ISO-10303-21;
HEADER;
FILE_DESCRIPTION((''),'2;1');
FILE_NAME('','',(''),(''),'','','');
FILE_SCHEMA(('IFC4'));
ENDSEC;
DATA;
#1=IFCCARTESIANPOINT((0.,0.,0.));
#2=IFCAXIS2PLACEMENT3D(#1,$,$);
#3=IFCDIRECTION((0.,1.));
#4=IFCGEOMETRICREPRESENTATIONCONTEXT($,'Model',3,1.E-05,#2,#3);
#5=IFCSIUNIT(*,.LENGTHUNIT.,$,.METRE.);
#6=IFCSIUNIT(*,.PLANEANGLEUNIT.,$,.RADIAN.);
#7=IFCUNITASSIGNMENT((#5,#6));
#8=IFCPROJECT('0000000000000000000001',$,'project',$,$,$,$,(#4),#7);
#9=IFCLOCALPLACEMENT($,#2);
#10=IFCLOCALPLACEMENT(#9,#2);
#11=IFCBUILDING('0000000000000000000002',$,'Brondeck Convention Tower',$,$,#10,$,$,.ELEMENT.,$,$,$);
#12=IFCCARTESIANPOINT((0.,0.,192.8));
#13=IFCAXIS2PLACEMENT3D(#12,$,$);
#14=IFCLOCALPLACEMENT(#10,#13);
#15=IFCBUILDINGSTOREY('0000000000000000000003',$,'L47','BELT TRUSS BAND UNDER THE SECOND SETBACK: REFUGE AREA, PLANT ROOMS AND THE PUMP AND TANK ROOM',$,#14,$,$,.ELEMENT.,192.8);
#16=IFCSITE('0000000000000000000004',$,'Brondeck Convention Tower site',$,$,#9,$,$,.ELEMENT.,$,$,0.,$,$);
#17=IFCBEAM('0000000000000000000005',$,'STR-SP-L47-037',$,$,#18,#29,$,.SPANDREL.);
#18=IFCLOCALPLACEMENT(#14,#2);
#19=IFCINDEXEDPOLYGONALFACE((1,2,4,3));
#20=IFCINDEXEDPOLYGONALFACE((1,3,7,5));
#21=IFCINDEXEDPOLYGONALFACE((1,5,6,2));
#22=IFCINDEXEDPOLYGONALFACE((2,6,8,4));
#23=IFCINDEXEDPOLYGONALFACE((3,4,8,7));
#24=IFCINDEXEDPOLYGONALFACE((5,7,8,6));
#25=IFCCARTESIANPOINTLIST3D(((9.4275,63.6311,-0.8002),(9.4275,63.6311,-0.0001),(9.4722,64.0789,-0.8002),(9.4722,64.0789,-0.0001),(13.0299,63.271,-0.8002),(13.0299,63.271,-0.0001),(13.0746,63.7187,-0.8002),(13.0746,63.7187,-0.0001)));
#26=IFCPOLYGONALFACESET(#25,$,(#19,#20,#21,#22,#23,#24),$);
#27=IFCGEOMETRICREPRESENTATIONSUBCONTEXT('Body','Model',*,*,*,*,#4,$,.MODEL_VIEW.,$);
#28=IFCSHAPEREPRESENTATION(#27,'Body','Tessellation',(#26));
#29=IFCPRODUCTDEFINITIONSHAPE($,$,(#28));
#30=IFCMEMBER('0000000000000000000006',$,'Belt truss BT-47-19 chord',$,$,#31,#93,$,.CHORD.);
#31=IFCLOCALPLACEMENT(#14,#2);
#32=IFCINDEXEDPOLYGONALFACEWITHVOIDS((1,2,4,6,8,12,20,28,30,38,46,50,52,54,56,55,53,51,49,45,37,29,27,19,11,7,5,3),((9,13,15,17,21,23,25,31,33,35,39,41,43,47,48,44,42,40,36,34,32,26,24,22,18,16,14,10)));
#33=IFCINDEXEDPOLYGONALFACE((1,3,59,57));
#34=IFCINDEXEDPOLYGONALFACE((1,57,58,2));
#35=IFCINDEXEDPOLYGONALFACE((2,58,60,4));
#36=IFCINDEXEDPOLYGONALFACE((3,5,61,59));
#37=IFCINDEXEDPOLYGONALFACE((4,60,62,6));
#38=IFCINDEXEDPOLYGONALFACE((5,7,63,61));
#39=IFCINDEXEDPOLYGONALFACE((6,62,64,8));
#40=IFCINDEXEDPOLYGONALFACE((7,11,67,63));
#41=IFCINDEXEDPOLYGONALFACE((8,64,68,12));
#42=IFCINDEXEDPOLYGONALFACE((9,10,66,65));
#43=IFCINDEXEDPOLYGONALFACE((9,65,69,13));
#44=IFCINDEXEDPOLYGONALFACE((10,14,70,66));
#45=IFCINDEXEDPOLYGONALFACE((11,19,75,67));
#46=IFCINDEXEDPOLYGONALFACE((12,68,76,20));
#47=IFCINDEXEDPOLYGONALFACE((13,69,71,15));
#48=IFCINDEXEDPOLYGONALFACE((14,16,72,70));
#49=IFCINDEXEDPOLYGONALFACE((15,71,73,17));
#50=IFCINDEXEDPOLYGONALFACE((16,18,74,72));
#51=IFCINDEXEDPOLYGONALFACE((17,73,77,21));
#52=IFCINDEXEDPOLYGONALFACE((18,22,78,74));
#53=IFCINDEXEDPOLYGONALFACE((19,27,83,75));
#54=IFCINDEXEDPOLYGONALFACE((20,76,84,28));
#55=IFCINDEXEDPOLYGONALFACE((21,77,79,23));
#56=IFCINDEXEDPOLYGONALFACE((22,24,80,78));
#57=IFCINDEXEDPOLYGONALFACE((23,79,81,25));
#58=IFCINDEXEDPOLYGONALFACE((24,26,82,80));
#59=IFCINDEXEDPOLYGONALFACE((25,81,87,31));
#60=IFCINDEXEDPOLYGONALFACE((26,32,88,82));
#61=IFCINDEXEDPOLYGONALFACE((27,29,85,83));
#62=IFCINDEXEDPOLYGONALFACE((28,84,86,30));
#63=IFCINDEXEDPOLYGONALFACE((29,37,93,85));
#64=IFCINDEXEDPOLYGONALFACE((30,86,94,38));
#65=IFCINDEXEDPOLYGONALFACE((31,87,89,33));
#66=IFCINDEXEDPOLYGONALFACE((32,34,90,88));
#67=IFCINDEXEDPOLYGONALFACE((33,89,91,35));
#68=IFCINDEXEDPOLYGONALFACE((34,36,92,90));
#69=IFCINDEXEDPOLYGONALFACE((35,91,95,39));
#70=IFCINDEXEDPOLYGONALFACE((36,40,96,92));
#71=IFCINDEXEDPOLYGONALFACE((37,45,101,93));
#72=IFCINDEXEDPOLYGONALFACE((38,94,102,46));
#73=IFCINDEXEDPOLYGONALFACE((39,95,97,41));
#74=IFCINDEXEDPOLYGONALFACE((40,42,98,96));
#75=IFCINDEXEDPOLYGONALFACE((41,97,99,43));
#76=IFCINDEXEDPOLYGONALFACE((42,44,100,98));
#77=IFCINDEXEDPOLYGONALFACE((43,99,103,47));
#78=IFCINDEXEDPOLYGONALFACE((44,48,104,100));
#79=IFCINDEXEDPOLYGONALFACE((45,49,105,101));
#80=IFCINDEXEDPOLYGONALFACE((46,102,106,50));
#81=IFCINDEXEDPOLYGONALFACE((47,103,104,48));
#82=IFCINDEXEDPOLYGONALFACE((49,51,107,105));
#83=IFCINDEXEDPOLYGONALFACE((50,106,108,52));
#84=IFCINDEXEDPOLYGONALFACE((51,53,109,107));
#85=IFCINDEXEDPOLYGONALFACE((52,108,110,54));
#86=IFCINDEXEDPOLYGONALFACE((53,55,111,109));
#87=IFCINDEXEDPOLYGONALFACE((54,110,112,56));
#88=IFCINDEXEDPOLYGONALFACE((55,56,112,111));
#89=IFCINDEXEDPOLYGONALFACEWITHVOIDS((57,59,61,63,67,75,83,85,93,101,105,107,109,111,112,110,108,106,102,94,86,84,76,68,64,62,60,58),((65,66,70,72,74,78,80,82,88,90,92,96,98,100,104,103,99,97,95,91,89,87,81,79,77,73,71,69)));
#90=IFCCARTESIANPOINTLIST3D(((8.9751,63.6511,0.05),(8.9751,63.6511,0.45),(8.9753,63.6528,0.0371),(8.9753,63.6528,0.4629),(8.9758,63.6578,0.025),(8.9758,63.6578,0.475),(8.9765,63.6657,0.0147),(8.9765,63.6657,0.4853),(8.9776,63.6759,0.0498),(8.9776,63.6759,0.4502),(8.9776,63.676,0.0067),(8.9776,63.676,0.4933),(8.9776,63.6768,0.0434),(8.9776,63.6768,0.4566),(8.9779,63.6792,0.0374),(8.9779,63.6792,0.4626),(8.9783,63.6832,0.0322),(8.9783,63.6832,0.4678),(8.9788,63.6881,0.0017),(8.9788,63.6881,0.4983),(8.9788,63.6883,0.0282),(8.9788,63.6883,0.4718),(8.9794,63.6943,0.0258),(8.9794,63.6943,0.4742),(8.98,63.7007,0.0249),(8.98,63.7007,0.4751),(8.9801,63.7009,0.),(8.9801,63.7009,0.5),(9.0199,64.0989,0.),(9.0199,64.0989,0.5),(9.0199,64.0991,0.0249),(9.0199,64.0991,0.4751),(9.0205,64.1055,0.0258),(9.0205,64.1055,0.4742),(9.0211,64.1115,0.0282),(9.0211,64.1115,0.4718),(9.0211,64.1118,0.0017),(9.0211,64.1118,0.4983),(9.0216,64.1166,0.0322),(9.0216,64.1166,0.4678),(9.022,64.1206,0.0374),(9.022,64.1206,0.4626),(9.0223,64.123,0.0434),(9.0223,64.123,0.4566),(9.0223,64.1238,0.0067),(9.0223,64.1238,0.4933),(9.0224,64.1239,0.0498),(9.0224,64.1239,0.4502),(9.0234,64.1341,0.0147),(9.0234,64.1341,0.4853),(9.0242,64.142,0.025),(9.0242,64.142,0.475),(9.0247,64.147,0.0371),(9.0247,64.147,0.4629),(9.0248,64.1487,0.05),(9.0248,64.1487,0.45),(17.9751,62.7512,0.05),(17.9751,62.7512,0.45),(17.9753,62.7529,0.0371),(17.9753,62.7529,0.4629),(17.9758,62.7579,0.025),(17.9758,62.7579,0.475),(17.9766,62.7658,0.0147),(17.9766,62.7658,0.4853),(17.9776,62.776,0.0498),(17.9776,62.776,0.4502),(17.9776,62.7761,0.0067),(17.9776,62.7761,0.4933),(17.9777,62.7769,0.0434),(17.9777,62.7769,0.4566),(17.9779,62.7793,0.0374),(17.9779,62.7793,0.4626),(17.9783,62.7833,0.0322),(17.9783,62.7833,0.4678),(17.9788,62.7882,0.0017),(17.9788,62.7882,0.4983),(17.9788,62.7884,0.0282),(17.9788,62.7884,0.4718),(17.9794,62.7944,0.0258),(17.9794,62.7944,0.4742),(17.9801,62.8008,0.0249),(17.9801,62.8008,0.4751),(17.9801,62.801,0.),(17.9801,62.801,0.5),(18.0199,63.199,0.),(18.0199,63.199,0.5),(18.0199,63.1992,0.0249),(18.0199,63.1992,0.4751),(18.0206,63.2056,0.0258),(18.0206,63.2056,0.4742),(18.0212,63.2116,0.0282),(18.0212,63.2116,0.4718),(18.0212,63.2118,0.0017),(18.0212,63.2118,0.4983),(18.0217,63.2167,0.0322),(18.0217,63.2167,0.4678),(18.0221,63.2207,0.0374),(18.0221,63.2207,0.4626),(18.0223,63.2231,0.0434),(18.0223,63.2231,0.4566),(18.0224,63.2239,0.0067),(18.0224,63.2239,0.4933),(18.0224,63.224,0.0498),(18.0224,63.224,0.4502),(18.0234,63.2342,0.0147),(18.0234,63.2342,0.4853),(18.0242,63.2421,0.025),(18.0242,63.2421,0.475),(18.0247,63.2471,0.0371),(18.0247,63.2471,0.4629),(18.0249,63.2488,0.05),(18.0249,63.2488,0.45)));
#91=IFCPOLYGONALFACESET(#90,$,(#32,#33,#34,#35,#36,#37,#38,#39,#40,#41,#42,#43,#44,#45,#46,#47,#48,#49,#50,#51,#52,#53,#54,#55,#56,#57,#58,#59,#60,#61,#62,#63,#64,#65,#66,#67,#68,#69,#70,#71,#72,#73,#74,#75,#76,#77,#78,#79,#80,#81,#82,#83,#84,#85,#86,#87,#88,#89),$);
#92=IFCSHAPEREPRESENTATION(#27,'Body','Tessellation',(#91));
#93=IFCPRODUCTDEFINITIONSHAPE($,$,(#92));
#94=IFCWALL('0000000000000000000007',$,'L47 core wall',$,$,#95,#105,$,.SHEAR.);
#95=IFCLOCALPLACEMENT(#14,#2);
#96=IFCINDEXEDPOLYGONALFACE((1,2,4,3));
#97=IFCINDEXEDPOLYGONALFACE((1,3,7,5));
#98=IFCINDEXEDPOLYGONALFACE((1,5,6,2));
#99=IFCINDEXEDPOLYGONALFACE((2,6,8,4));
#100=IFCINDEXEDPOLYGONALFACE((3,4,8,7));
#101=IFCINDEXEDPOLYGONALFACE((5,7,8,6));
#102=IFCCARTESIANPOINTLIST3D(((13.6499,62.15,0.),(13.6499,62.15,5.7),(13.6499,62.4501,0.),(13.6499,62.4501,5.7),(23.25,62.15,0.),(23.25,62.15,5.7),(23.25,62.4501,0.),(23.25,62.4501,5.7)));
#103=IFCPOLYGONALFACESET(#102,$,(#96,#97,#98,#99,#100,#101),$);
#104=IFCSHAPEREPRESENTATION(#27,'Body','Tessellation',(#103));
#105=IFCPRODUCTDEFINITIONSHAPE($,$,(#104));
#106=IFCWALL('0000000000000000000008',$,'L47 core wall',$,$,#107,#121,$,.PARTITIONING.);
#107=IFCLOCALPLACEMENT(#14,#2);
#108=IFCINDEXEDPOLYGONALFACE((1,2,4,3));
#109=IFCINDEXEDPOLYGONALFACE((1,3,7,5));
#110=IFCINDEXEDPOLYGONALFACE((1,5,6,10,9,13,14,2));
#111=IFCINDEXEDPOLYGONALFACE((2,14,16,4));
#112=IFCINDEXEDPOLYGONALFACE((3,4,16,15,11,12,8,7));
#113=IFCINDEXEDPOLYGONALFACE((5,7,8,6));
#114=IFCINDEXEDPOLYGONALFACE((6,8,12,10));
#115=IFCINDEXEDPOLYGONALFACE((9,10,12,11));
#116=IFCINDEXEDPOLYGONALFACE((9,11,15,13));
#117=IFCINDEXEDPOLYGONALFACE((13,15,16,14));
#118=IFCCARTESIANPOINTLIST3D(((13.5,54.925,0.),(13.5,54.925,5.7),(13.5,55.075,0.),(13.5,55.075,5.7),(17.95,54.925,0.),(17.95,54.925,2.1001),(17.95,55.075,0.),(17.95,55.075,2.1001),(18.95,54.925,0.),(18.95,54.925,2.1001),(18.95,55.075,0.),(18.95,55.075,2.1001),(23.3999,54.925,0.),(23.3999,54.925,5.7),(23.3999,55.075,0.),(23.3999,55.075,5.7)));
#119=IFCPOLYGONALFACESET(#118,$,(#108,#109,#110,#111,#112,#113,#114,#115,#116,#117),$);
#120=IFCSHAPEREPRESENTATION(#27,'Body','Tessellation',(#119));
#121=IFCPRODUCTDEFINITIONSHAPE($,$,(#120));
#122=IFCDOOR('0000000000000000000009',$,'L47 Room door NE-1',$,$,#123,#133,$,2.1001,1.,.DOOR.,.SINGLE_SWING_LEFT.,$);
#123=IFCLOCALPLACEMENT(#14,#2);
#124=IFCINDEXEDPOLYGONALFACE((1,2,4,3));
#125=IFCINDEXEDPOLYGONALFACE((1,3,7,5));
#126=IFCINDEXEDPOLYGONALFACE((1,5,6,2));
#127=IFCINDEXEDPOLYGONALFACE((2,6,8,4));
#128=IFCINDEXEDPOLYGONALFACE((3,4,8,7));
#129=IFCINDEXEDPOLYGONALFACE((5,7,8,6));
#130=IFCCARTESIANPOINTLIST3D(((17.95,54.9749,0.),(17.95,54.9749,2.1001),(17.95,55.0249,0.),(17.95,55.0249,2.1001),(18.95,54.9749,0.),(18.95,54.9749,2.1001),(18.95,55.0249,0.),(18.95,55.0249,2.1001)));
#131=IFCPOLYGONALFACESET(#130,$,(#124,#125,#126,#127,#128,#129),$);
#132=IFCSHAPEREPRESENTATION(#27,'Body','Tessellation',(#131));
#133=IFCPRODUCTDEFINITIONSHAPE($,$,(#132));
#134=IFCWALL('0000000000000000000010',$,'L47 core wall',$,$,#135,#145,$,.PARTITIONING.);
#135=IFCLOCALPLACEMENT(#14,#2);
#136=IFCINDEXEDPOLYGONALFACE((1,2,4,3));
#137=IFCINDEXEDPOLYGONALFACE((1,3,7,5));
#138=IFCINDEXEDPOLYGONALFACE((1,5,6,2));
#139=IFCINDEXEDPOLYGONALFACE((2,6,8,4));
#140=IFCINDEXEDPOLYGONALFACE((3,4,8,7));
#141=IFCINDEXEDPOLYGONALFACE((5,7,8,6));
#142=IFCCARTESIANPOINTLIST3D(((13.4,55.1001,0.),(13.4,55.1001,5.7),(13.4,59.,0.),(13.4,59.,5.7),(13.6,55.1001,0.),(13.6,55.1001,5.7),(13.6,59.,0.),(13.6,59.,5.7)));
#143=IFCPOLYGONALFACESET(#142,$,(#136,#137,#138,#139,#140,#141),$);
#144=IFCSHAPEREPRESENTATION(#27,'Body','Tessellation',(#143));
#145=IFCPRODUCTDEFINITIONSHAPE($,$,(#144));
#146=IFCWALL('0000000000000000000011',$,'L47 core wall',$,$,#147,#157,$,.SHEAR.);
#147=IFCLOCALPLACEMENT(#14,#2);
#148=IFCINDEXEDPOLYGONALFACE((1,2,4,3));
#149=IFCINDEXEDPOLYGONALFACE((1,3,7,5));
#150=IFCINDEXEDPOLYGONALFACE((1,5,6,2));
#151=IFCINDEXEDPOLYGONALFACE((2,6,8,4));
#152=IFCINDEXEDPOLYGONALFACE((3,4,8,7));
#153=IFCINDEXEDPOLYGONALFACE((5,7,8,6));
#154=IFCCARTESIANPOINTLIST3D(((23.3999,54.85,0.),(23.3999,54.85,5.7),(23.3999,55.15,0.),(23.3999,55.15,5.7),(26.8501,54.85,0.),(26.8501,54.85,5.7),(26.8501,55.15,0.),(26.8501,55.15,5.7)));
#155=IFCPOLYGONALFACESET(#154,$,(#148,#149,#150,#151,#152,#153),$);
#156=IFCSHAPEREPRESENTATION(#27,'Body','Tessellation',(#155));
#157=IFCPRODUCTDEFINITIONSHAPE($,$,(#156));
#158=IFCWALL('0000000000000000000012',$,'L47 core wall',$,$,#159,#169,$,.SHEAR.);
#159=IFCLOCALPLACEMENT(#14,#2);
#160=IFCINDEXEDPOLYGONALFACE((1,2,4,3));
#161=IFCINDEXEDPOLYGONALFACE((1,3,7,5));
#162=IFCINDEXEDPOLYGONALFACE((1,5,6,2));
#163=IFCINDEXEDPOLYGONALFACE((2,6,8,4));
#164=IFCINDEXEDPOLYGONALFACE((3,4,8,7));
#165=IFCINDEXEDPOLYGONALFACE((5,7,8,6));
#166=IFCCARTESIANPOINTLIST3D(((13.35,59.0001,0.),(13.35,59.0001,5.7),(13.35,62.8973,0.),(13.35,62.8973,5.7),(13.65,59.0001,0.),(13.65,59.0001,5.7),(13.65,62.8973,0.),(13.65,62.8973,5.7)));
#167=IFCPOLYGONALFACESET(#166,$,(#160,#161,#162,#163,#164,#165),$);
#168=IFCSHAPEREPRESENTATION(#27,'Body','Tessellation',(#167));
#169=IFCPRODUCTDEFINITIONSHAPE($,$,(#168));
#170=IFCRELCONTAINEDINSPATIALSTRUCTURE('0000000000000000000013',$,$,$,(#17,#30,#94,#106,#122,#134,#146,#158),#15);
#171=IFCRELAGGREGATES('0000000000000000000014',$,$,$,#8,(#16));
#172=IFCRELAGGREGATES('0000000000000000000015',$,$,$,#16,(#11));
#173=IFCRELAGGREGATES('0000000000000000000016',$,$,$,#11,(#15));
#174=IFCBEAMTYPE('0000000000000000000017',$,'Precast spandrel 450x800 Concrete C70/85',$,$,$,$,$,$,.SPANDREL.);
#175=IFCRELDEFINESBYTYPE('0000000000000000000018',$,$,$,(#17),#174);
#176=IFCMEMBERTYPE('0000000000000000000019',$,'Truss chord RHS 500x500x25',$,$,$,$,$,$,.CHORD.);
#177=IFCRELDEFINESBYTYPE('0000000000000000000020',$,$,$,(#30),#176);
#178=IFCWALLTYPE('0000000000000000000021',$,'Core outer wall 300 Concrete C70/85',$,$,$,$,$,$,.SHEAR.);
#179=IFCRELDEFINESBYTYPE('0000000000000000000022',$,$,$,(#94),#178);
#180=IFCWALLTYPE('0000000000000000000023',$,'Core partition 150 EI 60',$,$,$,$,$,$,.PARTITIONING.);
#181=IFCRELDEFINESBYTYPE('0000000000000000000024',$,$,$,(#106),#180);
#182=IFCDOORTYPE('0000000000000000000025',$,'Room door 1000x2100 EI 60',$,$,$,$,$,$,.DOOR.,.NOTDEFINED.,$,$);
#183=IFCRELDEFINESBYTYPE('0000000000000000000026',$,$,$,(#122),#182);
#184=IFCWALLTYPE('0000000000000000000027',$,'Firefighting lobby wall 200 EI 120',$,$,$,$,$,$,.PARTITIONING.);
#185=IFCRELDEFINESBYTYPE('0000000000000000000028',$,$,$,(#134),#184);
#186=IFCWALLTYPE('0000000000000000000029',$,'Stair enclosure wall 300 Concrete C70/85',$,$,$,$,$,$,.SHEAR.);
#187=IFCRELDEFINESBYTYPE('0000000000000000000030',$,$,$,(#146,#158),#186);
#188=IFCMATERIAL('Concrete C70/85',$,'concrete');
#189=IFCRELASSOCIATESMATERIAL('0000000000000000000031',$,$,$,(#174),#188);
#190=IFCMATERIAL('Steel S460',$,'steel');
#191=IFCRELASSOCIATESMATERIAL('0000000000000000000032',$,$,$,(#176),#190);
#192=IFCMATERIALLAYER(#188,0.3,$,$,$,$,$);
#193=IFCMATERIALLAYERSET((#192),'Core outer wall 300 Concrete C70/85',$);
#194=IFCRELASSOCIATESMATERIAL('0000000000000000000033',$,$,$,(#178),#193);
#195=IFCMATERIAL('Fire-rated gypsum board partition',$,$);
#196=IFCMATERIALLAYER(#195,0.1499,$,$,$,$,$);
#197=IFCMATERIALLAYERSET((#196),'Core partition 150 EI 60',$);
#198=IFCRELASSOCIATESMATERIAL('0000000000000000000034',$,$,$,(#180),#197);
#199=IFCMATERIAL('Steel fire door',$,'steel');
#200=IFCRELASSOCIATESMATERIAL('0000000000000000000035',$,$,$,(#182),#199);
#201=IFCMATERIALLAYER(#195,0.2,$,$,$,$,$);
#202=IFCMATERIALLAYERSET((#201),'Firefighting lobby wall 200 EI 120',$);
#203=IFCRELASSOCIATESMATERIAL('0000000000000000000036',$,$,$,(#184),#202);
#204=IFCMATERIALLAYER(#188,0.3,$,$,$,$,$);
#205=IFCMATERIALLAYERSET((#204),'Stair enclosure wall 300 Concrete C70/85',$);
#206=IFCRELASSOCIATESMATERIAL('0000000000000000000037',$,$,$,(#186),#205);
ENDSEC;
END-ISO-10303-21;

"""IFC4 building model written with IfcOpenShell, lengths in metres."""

from ifc_helpers import new_model, si_unit, direction, frame, frame_2d, origin, origin_2d, place, context, subcontext, project, spatial, rectangle, hollow_rectangle, extrude, material, layer, layer_set, material_profile, profile_set, type_object, element, fill, save


model = new_model("IFC4")

# Units and contexts
model_context = context("Model", 3, precision=1e-05, world=origin(), true_north=direction((0.0, 1.0)))
body_context = subcontext(model_context, "Body", "Model", "MODEL_VIEW")
ifc_project = project(units=[si_unit("LENGTHUNIT", "METRE"), si_unit("PLANEANGLEUNIT", "RADIAN")], contexts=[model_context])

# Site, building, storey
site_placement = place(None, origin())
site = spatial("IfcSite", under=ifc_project, at=site_placement, Name="Brondeck Convention Tower site", CompositionType="ELEMENT", RefElevation=0.0)
building_placement = place(site_placement, origin())
building = spatial("IfcBuilding", under=site, at=building_placement, Name="Brondeck Convention Tower", CompositionType="ELEMENT")
storey_placement = place(building_placement, frame((0.0, 0.0, 192.8)))
storey = spatial("IfcBuildingStorey", under=building, at=storey_placement, Name="L47", Description="BELT TRUSS BAND UNDER THE SECOND SETBACK: REFUGE AREA, PLANT ROOMS AND THE PUMP AND TANK ROOM", CompositionType="ELEMENT", Elevation=192.8)

# Shared definitions
ifc_material_1 = material(Name="Concrete C70/85", Category="concrete")

# Shared definitions
ifc_material_2 = material(Name="Steel S460", Category="steel")

# Beam
ifc_material_profile_1 = material_profile(ifc_material_1, rectangle(XDim=0.45, YDim=0.8, at=origin_2d()), Name="Precast spandrel 450x800 Concrete C70/85")
ifc_profile_set_1 = profile_set([ifc_material_profile_1], Name="Concrete C70/85")
beam_type_1 = type_object("IfcBeamType", Name="Precast spandrel 450x800 Concrete C70/85", PredefinedType="SPANDREL", material=ifc_profile_set_1)
for number, where, z_axis, x_axis, name in (
    (1, (13.0522, 63.4949, -0.4001), (-0.995041, 0.09947, 0.0), (-0.09947, -0.995041, 0.0), "STR-SP-L47-037"),
):
    element("IfcBeam", number, at=place(storey_placement, frame(where, z_axis=z_axis, x_axis=x_axis)), inside=storey, type_object=beam_type_1, Name=name, PredefinedType="SPANDREL", context=body_context, shape_type="SweptSolid", body=[
        extrude(rectangle(XDim=0.45, YDim=0.8, at=origin_2d()), origin(), (0.0, 0.0, 1.0), 3.6204),
    ])

# Member
ifc_material_profile_2 = material_profile(ifc_material_2, hollow_rectangle(XDim=0.5, YDim=0.5, WallThickness=0.0249, InnerFilletRadius=0.0249, OuterFilletRadius=0.05, at=origin_2d()), Name="RHS 500x500x25")
ifc_profile_set_2 = profile_set([ifc_material_profile_2], Name="Steel S460")
member_type_1 = type_object("IfcMemberType", Name="Truss chord RHS 500x500x25", PredefinedType="CHORD", material=ifc_profile_set_2)
member_placement = place(storey_placement, frame((18.0, 63.0, 0.25), z_axis=(-0.995038, 0.099493, 0.0), x_axis=(-0.099493, -0.995038, 0.0)))
element("IfcMember", 2, at=member_placement, inside=storey, type_object=member_type_1, Name="Belt truss BT-47-19 chord", PredefinedType="CHORD", context=body_context, shape_type="SweptSolid", body=[
    extrude(hollow_rectangle(XDim=0.5, YDim=0.5, WallThickness=0.0249, InnerFilletRadius=0.0249, OuterFilletRadius=0.05, at=origin_2d()), origin(), (0.0, 0.0, 1.0), 9.0449),
])

# Wall
ifc_layer_1 = layer(ifc_material_1, 0.3)
ifc_layer_set_1 = layer_set([ifc_layer_1], Name="Core outer wall 300 Concrete C70/85")
wall_type_1 = type_object("IfcWallType", Name="Core outer wall 300 Concrete C70/85", PredefinedType="SHEAR", material=ifc_layer_set_1)
wall_1_placement = place(storey_placement, frame((13.6499, 62.3, 0.0), z_axis=(0.0, 0.0, 1.0), x_axis=(1.0, 0.0, 0.0)))
element("IfcWall", 3, at=wall_1_placement, inside=storey, type_object=wall_type_1, Name="L47 core wall", PredefinedType="SHEAR", context=body_context, shape_type="SweptSolid", body=[
    extrude(rectangle(XDim=9.6001, YDim=0.3, at=frame_2d((4.8, 0.0))), origin(), (0.0, 0.0, 1.0), 5.7),
])

# Wall, opening, door
ifc_material_3 = material(Name="Fire-rated gypsum board partition")
ifc_layer_2 = layer(ifc_material_3, 0.1499)
ifc_layer_set_2 = layer_set([ifc_layer_2], Name="Core partition 150 EI 60")
wall_type_2 = type_object("IfcWallType", Name="Core partition 150 EI 60", PredefinedType="PARTITIONING", material=ifc_layer_set_2)
wall_2_placement = place(storey_placement, frame((13.5, 55.0, 0.0), z_axis=(0.0, 0.0, 1.0), x_axis=(1.0, 0.0, 0.0)))
wall_2 = element("IfcWall", 4, at=wall_2_placement, inside=storey, type_object=wall_type_2, Name="L47 core wall", PredefinedType="PARTITIONING", context=body_context, shape_type="SweptSolid", body=[
    extrude(rectangle(XDim=9.8999, YDim=0.1499, at=frame_2d((4.95, 0.0))), origin(), (0.0, 0.0, 1.0), 5.7),
])
opening_placement = place(wall_2_placement, frame((4.45, 0.0, 0.0)))
opening = element("IfcOpeningElement", 5, at=opening_placement, cuts=wall_2, PredefinedType="OPENING", context=body_context, shape_type="SweptSolid", body=[
    extrude(rectangle(XDim=1.0, YDim=2.1001, at=frame_2d((0.5, 1.05))), frame((0.0, 0.085, 0.0), z_axis=(0.0, -1.0, 0.0), x_axis=(1.0, 0.0, 0.0)), (0.0, 0.0, 1.0), 0.1699),
])
ifc_material_4 = material(Name="Steel fire door", Category="steel")
door_type = type_object("IfcDoorType", Name="Room door 1000x2100 EI 60", OperationType="NOTDEFINED", PredefinedType="DOOR", material=ifc_material_4)
door_placement = place(opening_placement, origin())
door = element("IfcDoor", 6, at=door_placement, inside=storey, type_object=door_type, Name="L47 Room door NE-1", OperationType="SINGLE_SWING_LEFT", OverallHeight=2.1001, OverallWidth=1.0, PredefinedType="DOOR", context=body_context, shape_type="SweptSolid", body=[
    extrude(rectangle(XDim=1.0, YDim=2.1001, at=frame_2d((0.5, 1.05))), frame((0.0, 0.0249, 0.0), z_axis=(0.0, -1.0, 0.0), x_axis=(1.0, 0.0, 0.0)), (0.0, 0.0, 1.0), 0.05),
])
fill(opening, door)

# Walls
ifc_layer_3 = layer(ifc_material_3, 0.2)
ifc_layer_set_3 = layer_set([ifc_layer_3], Name="Firefighting lobby wall 200 EI 120")
wall_type_3 = type_object("IfcWallType", Name="Firefighting lobby wall 200 EI 120", PredefinedType="PARTITIONING", material=ifc_layer_set_3)
wall_3_placement = place(storey_placement, frame((13.5, 55.1001, 0.0), z_axis=(0.0, 0.0, 1.0), x_axis=(0.0, 1.0, 0.0)))
element("IfcWall", 7, at=wall_3_placement, inside=storey, type_object=wall_type_3, Name="L47 core wall", PredefinedType="PARTITIONING", context=body_context, shape_type="SweptSolid", body=[
    extrude(rectangle(XDim=3.8999, YDim=0.2, at=frame_2d((1.95, 0.0))), origin(), (0.0, 0.0, 1.0), 5.7),
])
ifc_layer_4 = layer(ifc_material_1, 0.3)
ifc_layer_set_4 = layer_set([ifc_layer_4], Name="Stair enclosure wall 300 Concrete C70/85")
wall_type_4 = type_object("IfcWallType", Name="Stair enclosure wall 300 Concrete C70/85", PredefinedType="SHEAR", material=ifc_layer_set_4)
wall_4_placement = place(storey_placement, frame((23.3999, 55.0, 0.0), z_axis=(0.0, 0.0, 1.0), x_axis=(1.0, 0.0, 0.0)))
element("IfcWall", 8, at=wall_4_placement, inside=storey, type_object=wall_type_4, Name="L47 core wall", PredefinedType="SHEAR", context=body_context, shape_type="SweptSolid", body=[
    extrude(rectangle(XDim=3.4502, YDim=0.3, at=frame_2d((1.7251, 0.0))), origin(), (0.0, 0.0, 1.0), 5.7),
])
wall_5_placement = place(storey_placement, frame((13.5, 59.0, 0.0), z_axis=(0.0, 0.0, 1.0), x_axis=(0.0, 1.0, 0.0)))
element("IfcWall", 9, at=wall_5_placement, inside=storey, type_object=wall_type_4, Name="L47 core wall", PredefinedType="SHEAR", context=body_context, shape_type="SweptSolid", body=[
    extrude(rectangle(XDim=3.8972, YDim=0.3, at=frame_2d((1.9487, 0.0))), origin(), (0.0, 0.0, 1.0), 5.7),
])

save(model, "model.ifc")
